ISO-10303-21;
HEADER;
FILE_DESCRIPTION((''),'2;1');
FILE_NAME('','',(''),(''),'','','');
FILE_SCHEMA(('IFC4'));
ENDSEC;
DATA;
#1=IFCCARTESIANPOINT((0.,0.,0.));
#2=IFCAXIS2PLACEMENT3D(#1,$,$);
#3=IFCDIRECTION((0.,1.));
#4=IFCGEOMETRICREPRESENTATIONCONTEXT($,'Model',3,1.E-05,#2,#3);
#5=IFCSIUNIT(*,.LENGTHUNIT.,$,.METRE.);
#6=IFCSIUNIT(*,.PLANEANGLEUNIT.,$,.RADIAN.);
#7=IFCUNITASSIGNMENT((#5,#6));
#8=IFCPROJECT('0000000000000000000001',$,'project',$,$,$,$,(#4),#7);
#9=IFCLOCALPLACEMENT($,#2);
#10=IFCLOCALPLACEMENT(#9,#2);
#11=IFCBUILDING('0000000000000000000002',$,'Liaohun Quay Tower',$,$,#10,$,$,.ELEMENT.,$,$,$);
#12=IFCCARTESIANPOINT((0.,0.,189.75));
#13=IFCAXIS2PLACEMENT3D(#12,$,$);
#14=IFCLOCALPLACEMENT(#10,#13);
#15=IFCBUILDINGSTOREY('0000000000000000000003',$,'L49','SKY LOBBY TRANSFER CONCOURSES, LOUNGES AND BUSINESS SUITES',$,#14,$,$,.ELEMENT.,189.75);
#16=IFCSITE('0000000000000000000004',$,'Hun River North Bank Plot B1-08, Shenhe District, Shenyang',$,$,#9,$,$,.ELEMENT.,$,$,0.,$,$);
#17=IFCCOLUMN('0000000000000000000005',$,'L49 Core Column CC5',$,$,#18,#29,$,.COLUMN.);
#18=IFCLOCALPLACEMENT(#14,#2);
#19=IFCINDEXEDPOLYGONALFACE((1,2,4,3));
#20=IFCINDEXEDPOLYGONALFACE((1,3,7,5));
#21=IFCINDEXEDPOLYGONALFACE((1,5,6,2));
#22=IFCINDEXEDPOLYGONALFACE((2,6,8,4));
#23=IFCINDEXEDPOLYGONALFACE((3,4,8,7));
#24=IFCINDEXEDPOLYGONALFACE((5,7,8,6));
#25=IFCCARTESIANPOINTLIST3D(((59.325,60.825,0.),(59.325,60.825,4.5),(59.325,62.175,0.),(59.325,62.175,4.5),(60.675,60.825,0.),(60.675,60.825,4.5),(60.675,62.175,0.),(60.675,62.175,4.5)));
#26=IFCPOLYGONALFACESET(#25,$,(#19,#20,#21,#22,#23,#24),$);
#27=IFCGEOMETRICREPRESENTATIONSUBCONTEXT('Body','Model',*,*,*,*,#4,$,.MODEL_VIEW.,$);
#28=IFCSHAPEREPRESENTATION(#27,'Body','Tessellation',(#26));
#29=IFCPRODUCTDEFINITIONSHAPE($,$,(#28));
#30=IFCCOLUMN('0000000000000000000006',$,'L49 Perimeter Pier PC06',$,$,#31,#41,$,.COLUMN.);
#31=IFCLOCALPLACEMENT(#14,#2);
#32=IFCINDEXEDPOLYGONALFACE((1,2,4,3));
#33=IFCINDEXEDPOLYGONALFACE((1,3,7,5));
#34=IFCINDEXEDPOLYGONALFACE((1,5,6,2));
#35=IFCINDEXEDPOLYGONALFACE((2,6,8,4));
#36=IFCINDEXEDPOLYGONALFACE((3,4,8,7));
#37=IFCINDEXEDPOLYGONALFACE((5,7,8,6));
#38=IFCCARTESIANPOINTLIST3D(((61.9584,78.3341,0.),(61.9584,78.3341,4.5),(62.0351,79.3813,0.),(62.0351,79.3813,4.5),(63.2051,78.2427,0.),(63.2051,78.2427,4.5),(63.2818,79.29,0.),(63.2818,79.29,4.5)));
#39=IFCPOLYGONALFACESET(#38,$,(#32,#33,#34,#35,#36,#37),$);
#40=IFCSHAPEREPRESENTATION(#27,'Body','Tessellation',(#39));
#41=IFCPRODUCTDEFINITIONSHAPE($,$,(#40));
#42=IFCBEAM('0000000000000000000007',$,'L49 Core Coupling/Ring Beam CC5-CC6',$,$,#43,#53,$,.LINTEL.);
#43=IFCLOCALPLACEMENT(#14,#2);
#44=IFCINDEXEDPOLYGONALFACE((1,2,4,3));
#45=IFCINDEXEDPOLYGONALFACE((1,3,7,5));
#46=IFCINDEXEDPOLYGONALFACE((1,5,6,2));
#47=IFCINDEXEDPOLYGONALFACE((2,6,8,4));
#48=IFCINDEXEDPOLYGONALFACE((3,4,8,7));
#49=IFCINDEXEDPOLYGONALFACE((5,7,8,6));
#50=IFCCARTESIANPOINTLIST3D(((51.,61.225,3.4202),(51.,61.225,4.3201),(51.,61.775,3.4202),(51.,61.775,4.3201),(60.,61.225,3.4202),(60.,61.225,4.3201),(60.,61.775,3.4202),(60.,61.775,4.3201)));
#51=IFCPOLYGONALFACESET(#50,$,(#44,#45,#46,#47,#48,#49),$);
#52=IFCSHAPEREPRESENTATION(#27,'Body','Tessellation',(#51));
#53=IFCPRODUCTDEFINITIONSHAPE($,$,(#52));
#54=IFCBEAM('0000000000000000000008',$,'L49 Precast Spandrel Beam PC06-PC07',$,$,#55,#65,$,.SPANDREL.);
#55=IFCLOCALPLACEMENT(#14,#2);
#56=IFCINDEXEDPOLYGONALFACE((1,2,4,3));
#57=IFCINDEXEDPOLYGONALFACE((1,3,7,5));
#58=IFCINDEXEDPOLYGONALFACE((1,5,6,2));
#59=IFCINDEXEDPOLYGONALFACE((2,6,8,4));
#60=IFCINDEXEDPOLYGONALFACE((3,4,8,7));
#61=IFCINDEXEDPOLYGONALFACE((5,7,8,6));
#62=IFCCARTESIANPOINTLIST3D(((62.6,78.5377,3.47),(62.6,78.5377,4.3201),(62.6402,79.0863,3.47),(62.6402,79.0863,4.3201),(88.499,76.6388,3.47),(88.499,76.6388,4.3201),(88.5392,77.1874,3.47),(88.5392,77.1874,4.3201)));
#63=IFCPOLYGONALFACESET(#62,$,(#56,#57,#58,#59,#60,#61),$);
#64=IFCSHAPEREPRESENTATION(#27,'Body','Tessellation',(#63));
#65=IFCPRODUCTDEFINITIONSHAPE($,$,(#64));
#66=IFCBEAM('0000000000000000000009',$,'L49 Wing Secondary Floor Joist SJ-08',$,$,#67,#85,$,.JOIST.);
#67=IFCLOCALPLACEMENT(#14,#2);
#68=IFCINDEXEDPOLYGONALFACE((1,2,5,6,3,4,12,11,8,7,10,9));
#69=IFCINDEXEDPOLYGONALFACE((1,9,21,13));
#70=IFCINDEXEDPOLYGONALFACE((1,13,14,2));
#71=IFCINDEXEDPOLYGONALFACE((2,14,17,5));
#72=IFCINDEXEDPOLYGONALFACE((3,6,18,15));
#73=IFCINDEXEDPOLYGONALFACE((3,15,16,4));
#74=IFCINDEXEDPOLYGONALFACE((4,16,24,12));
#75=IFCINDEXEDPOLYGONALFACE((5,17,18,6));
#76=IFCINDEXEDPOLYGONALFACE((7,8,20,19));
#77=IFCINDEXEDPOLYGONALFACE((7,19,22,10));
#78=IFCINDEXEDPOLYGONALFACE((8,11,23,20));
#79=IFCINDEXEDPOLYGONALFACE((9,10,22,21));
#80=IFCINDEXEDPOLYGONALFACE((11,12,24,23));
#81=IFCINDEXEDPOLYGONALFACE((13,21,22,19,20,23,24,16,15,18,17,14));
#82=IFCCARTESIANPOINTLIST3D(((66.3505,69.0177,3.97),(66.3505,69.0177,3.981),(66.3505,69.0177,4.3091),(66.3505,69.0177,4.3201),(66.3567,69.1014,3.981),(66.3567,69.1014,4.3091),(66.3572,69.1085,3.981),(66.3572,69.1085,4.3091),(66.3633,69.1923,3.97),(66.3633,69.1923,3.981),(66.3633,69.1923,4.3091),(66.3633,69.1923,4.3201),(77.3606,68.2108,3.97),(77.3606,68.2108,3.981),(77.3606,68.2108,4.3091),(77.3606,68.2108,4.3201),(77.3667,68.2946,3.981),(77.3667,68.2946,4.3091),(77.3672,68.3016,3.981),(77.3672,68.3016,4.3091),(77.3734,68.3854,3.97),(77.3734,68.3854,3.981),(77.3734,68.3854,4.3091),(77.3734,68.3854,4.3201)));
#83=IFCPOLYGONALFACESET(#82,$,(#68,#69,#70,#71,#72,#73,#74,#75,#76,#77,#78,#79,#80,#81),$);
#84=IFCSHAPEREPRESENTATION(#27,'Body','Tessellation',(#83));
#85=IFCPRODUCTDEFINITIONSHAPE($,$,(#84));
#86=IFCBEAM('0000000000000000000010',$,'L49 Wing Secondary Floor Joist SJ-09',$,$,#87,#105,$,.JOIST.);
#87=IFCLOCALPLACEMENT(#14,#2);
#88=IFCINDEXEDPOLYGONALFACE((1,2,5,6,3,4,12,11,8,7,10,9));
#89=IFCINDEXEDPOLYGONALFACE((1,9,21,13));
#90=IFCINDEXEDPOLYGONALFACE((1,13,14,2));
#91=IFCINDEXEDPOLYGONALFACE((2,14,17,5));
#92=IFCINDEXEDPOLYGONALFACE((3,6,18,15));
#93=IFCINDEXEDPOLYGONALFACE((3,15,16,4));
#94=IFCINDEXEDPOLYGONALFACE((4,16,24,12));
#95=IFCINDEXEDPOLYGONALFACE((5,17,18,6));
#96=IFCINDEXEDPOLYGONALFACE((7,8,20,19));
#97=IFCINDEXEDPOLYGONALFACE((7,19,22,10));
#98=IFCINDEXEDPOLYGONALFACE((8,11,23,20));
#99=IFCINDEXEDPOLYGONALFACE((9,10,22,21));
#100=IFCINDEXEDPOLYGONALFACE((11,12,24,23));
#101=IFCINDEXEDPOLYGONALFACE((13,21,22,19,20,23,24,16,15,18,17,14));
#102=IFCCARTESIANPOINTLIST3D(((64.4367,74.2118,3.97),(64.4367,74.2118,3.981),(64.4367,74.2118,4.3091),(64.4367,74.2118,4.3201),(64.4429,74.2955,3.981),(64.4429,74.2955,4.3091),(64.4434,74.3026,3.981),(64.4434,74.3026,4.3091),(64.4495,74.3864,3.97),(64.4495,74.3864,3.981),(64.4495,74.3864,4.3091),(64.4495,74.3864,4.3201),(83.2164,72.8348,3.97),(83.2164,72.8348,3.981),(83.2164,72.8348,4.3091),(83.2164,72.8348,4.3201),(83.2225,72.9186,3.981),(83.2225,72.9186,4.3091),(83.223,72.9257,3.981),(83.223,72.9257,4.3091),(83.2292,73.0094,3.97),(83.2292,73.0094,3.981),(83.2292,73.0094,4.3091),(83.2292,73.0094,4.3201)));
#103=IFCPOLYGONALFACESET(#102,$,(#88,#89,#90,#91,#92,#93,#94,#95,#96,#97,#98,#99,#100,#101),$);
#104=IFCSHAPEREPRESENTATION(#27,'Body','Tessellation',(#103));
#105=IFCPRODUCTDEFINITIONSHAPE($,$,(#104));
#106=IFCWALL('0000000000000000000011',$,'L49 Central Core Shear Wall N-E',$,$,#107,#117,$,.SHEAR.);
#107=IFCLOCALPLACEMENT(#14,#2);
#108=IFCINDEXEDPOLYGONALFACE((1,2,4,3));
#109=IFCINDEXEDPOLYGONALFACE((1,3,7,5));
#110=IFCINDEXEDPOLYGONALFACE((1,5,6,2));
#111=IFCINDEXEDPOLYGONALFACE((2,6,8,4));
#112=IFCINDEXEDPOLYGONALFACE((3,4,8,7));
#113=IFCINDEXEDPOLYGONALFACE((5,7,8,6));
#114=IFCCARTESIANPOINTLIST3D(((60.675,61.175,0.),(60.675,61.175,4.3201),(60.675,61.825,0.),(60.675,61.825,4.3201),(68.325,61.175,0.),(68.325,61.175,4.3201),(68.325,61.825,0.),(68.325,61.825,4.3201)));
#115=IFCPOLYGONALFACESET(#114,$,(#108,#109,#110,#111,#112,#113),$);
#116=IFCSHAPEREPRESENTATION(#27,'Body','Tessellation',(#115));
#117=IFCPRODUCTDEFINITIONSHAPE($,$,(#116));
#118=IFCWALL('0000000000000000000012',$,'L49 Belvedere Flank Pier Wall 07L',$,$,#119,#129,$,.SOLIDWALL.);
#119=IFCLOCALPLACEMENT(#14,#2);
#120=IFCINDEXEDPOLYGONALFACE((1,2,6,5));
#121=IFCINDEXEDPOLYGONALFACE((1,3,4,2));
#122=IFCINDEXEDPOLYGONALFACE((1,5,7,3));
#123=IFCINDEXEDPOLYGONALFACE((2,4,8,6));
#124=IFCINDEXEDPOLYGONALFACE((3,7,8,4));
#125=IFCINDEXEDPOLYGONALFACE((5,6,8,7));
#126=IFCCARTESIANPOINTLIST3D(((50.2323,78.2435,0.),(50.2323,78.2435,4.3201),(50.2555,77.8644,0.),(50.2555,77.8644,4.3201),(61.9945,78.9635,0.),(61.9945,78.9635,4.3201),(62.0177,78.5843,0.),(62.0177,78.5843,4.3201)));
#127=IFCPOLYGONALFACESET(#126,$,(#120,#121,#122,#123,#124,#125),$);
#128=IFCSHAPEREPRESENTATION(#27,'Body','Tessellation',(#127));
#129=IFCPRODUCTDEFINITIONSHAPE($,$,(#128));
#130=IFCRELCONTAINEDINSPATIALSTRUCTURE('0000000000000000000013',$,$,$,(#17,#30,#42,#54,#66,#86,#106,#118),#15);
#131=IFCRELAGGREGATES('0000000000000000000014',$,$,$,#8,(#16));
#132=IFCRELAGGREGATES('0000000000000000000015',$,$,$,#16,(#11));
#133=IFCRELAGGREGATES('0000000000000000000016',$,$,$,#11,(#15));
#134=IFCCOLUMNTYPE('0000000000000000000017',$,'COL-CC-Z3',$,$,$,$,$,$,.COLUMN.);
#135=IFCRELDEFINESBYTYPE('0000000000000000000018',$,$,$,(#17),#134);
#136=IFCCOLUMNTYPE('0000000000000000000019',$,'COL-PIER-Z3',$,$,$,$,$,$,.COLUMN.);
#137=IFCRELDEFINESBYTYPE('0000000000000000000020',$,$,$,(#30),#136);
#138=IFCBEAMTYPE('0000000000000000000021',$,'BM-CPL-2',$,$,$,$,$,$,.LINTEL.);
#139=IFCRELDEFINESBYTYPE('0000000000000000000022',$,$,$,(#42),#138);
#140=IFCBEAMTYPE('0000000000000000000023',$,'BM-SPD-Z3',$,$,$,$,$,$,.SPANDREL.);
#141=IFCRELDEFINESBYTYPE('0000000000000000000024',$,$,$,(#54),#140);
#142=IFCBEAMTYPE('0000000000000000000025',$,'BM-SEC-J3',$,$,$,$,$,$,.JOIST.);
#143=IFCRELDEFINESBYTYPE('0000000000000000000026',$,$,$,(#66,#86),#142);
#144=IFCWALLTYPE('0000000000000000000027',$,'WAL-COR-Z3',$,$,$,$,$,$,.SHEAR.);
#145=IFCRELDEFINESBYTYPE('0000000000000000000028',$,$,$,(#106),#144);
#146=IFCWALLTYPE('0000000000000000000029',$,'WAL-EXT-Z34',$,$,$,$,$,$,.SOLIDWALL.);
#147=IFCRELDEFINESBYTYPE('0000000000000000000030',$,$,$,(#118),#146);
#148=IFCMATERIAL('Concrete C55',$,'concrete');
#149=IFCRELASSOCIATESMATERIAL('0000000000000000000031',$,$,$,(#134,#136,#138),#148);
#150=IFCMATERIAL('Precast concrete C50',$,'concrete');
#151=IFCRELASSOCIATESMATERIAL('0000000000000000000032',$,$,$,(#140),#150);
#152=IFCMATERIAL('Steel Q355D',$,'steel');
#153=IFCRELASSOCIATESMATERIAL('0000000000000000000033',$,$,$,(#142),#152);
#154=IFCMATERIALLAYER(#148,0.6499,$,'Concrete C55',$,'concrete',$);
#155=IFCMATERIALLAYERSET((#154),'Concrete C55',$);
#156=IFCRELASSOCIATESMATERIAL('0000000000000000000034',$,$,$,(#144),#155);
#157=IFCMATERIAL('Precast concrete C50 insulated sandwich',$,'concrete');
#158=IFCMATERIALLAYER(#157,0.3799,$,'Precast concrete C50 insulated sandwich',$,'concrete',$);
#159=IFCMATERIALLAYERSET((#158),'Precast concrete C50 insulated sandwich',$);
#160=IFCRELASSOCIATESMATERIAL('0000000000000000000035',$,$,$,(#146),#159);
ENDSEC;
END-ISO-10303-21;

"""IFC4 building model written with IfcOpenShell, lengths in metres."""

from ifc_helpers import new_model, si_unit, direction, frame, frame_2d, origin, origin_2d, place, context, subcontext, project, spatial, rectangle, i_section, extrude, source, transform, mapped, material, layer, layer_set, material_profile, profile_set, type_object, element, save


model = new_model("IFC4")

# Units and contexts
model_context = context("Model", 3, precision=1e-05, world=origin(), true_north=direction((0.0, 1.0)))
body_context = subcontext(model_context, "Body", "Model", "MODEL_VIEW")
ifc_project = project(units=[si_unit("LENGTHUNIT", "METRE"), si_unit("PLANEANGLEUNIT", "RADIAN")], contexts=[model_context])

# Site, building, storey
site_placement = place(None, origin())
site = spatial("IfcSite", under=ifc_project, at=site_placement, Name="Hun River North Bank Plot B1-08, Shenhe District, Shenyang", CompositionType="ELEMENT", RefElevation=0.0)
building_placement = place(site_placement, origin())
building = spatial("IfcBuilding", under=site, at=building_placement, Name="Liaohun Quay Tower", CompositionType="ELEMENT")
storey_placement = place(building_placement, frame((0.0, 0.0, 189.75)))
storey = spatial("IfcBuildingStorey", under=building, at=storey_placement, Name="L49", Description="SKY LOBBY TRANSFER CONCOURSES, LOUNGES AND BUSINESS SUITES", CompositionType="ELEMENT", Elevation=189.75)

# Columns
ifc_material_1 = material(Name="Concrete C55", Category="concrete")
ifc_material_profile_1 = material_profile(ifc_material_1, rectangle(XDim=1.3501, YDim=1.3501, at=origin_2d()), Name="RC1350x1350")
ifc_profile_set_1 = profile_set([ifc_material_profile_1], Name="Concrete C55")
column_type_1 = type_object("IfcColumnType", Name="COL-CC-Z3", PredefinedType="COLUMN", material=ifc_profile_set_1)
shared_shape_1 = source(origin(), body_context, "Body", "SweptSolid", [
    extrude(rectangle(XDim=1.3501, YDim=1.3501, at=origin_2d()), origin(), (0.0, 0.0, 1.0), 4.5),
])
column_1_placement = place(storey_placement, frame((60.0, 61.5, 0.0), z_axis=(0.0, 0.0, 1.0), x_axis=(1.0, 0.0, 0.0)))
element("IfcColumn", 1, at=column_1_placement, inside=storey, type_object=column_type_1, Name="L49 Core Column CC5", PredefinedType="COLUMN", context=body_context, shape_type="MappedRepresentation", body=[
    mapped(shared_shape_1, transform((0.0, 0.0, 0.0), x_axis=(1.0, 0.0, 0.0), y_axis=(0.0, 1.0, 0.0), z_axis=(0.0, 0.0, 1.0), scale=1.0)),
])
ifc_material_profile_2 = material_profile(ifc_material_1, rectangle(XDim=1.25, YDim=1.05, at=origin_2d()), Name="RC1250x1050")
ifc_profile_set_2 = profile_set([ifc_material_profile_2], Name="Concrete C55")
column_type_2 = type_object("IfcColumnType", Name="COL-PIER-Z3", PredefinedType="COLUMN", material=ifc_profile_set_2)
shared_shape_2 = source(origin(), body_context, "Body", "SweptSolid", [
    extrude(rectangle(XDim=1.25, YDim=1.05, at=origin_2d()), origin(), (0.0, 0.0, 1.0), 4.5),
])
column_2_placement = place(storey_placement, frame((62.6201, 78.812, 0.0), z_axis=(0.0, 0.0, 1.0), x_axis=(-0.997327, 0.073064, 0.0)))
element("IfcColumn", 2, at=column_2_placement, inside=storey, type_object=column_type_2, Name="L49 Perimeter Pier PC06", PredefinedType="COLUMN", context=body_context, shape_type="MappedRepresentation", body=[
    mapped(shared_shape_2, transform((0.0, 0.0, 0.0), x_axis=(1.0, 0.0, 0.0), y_axis=(0.0, 1.0, 0.0), z_axis=(0.0, 0.0, 1.0), scale=1.0)),
])

# Beams
ifc_material_profile_3 = material_profile(ifc_material_1, rectangle(XDim=0.55, YDim=0.8999, at=origin_2d()), Name="RC550x900")
ifc_profile_set_3 = profile_set([ifc_material_profile_3], Name="Concrete C55")
beam_type_1 = type_object("IfcBeamType", Name="BM-CPL-2", PredefinedType="LINTEL", material=ifc_profile_set_3)
shared_shape_3 = source(origin(), body_context, "Body", "SweptSolid", [
    extrude(rectangle(XDim=0.55, YDim=0.8999, at=origin_2d()), origin(), (0.0, 0.0, 1.0), 9.0),
])
beam_1_placement = place(storey_placement, frame((60.0, 61.5, 3.8701), z_axis=(-1.0, 0.0, 0.0), x_axis=(0.0, -1.0, 0.0)))
element("IfcBeam", 3, at=beam_1_placement, inside=storey, type_object=beam_type_1, Name="L49 Core Coupling/Ring Beam CC5-CC6", PredefinedType="LINTEL", context=body_context, shape_type="MappedRepresentation", body=[
    mapped(shared_shape_3, transform((0.0, 0.0, 0.0), x_axis=(1.0, 0.0, 0.0), y_axis=(0.0, 1.0, 0.0), z_axis=(0.0, 0.0, 1.0), scale=1.0)),
])
ifc_material_2 = material(Name="Precast concrete C50", Category="concrete")
ifc_material_profile_4 = material_profile(ifc_material_2, rectangle(XDim=0.55, YDim=0.8501, at=origin_2d()), Name="RC550x850")
ifc_profile_set_4 = profile_set([ifc_material_profile_4], Name="Precast concrete C50")
beam_type_2 = type_object("IfcBeamType", Name="BM-SPD-Z3", PredefinedType="SPANDREL", material=ifc_profile_set_4)
shared_shape_4 = source(origin(), body_context, "Body", "SweptSolid", [
    extrude(rectangle(XDim=0.55, YDim=0.8501, at=origin_2d()), origin(), (0.0, 0.0, 1.0), 25.9685),
])
beam_2_placement = place(storey_placement, frame((62.6201, 78.812, 3.895), z_axis=(0.997323, -0.073124, 0.0), x_axis=(0.073124, 0.997323, 0.0)))
element("IfcBeam", 4, at=beam_2_placement, inside=storey, type_object=beam_type_2, Name="L49 Precast Spandrel Beam PC06-PC07", PredefinedType="SPANDREL", context=body_context, shape_type="MappedRepresentation", body=[
    mapped(shared_shape_4, transform((0.0, 0.0, 0.0), x_axis=(1.0, 0.0, 0.0), y_axis=(0.0, 1.0, 0.0), z_axis=(0.0, 0.0, 1.0), scale=1.0)),
])
ifc_material_3 = material(Name="Steel Q355D", Category="steel")
ifc_material_profile_5 = material_profile(ifc_material_3, i_section(OverallWidth=0.175, OverallDepth=0.3501, WebThickness=0.0071, FlangeThickness=0.011, at=origin_2d()), Name="HN350x175x7x11")
ifc_profile_set_5 = profile_set([ifc_material_profile_5], Name="Steel Q355D")
beam_type_3 = type_object("IfcBeamType", Name="BM-SEC-J3", PredefinedType="JOIST", material=ifc_profile_set_5)
shared_shape_5 = source(origin(), body_context, "Body", "SweptSolid", [
    extrude(i_section(OverallWidth=0.175, OverallDepth=0.3501, WebThickness=0.0071, FlangeThickness=0.011, at=origin_2d()), origin(), (0.0, 0.0, 1.0), 11.0396),
])
beam_3_placement = place(storey_placement, frame((66.3569, 69.105, 4.145), z_axis=(0.997325, -0.07309, 0.0), x_axis=(0.07309, 0.997325, 0.0)))
element("IfcBeam", 5, at=beam_3_placement, inside=storey, type_object=beam_type_3, Name="L49 Wing Secondary Floor Joist SJ-08", PredefinedType="JOIST", context=body_context, shape_type="MappedRepresentation", body=[
    mapped(shared_shape_5, transform((0.0, 0.0, 0.0), x_axis=(1.0, 0.0, 0.0), y_axis=(0.0, 1.0, 0.0), z_axis=(0.0, 0.0, 1.0), scale=1.0)),
])
shared_shape_6 = source(origin(), body_context, "Body", "SweptSolid", [
    extrude(i_section(OverallWidth=0.175, OverallDepth=0.3501, WebThickness=0.0071, FlangeThickness=0.011, at=origin_2d()), origin(), (0.0, 0.0, 1.0), 18.8301),
])
beam_4_placement = place(storey_placement, frame((64.4431, 74.2991, 4.145), z_axis=(0.997323, -0.073125, 0.0), x_axis=(0.073125, 0.997323, 0.0)))
element("IfcBeam", 6, at=beam_4_placement, inside=storey, type_object=beam_type_3, Name="L49 Wing Secondary Floor Joist SJ-09", PredefinedType="JOIST", context=body_context, shape_type="MappedRepresentation", body=[
    mapped(shared_shape_6, transform((0.0, 0.0, 0.0), x_axis=(1.0, 0.0, 0.0), y_axis=(0.0, 1.0, 0.0), z_axis=(0.0, 0.0, 1.0), scale=1.0)),
])

# Walls
ifc_layer_1 = layer(ifc_material_1, 0.6499, Name="Concrete C55", Category="concrete")
ifc_layer_set_1 = layer_set([ifc_layer_1], Name="Concrete C55")
wall_type_1 = type_object("IfcWallType", Name="WAL-COR-Z3", PredefinedType="SHEAR", material=ifc_layer_set_1)
wall_1_placement = place(storey_placement, frame((60.675, 61.5, 0.0), z_axis=(0.0, 0.0, 1.0), x_axis=(1.0, 0.0, 0.0)))
element("IfcWall", 7, at=wall_1_placement, inside=storey, type_object=wall_type_1, Name="L49 Central Core Shear Wall N-E", PredefinedType="SHEAR", context=body_context, shape_type="SweptSolid", body=[
    extrude(rectangle(XDim=7.6499, YDim=0.6499, at=frame_2d((3.825, 0.0))), origin(), (0.0, 0.0, 1.0), 4.3201),
])
ifc_material_4 = material(Name="Precast concrete C50 insulated sandwich", Category="concrete")
ifc_layer_2 = layer(ifc_material_4, 0.3799, Name="Precast concrete C50 insulated sandwich", Category="concrete")
ifc_layer_set_2 = layer_set([ifc_layer_2], Name="Precast concrete C50 insulated sandwich")
wall_type_2 = type_object("IfcWallType", Name="WAL-EXT-Z34", PredefinedType="SOLIDWALL", material=ifc_layer_set_2)
wall_2_placement = place(storey_placement, frame((62.0061, 78.7739, 0.0), z_axis=(0.0, 0.0, 1.0), x_axis=(-0.998132, -0.061096, 0.0)))
element("IfcWall", 8, at=wall_2_placement, inside=storey, type_object=wall_type_2, Name="L49 Belvedere Flank Pier Wall 07L", PredefinedType="SOLIDWALL", context=body_context, shape_type="SweptSolid", body=[
    extrude(rectangle(XDim=11.7842, YDim=0.3799, at=frame_2d((5.8921, 0.0))), origin(), (0.0, 0.0, 1.0), 4.3201),
])

save(model, "model.ifc")
